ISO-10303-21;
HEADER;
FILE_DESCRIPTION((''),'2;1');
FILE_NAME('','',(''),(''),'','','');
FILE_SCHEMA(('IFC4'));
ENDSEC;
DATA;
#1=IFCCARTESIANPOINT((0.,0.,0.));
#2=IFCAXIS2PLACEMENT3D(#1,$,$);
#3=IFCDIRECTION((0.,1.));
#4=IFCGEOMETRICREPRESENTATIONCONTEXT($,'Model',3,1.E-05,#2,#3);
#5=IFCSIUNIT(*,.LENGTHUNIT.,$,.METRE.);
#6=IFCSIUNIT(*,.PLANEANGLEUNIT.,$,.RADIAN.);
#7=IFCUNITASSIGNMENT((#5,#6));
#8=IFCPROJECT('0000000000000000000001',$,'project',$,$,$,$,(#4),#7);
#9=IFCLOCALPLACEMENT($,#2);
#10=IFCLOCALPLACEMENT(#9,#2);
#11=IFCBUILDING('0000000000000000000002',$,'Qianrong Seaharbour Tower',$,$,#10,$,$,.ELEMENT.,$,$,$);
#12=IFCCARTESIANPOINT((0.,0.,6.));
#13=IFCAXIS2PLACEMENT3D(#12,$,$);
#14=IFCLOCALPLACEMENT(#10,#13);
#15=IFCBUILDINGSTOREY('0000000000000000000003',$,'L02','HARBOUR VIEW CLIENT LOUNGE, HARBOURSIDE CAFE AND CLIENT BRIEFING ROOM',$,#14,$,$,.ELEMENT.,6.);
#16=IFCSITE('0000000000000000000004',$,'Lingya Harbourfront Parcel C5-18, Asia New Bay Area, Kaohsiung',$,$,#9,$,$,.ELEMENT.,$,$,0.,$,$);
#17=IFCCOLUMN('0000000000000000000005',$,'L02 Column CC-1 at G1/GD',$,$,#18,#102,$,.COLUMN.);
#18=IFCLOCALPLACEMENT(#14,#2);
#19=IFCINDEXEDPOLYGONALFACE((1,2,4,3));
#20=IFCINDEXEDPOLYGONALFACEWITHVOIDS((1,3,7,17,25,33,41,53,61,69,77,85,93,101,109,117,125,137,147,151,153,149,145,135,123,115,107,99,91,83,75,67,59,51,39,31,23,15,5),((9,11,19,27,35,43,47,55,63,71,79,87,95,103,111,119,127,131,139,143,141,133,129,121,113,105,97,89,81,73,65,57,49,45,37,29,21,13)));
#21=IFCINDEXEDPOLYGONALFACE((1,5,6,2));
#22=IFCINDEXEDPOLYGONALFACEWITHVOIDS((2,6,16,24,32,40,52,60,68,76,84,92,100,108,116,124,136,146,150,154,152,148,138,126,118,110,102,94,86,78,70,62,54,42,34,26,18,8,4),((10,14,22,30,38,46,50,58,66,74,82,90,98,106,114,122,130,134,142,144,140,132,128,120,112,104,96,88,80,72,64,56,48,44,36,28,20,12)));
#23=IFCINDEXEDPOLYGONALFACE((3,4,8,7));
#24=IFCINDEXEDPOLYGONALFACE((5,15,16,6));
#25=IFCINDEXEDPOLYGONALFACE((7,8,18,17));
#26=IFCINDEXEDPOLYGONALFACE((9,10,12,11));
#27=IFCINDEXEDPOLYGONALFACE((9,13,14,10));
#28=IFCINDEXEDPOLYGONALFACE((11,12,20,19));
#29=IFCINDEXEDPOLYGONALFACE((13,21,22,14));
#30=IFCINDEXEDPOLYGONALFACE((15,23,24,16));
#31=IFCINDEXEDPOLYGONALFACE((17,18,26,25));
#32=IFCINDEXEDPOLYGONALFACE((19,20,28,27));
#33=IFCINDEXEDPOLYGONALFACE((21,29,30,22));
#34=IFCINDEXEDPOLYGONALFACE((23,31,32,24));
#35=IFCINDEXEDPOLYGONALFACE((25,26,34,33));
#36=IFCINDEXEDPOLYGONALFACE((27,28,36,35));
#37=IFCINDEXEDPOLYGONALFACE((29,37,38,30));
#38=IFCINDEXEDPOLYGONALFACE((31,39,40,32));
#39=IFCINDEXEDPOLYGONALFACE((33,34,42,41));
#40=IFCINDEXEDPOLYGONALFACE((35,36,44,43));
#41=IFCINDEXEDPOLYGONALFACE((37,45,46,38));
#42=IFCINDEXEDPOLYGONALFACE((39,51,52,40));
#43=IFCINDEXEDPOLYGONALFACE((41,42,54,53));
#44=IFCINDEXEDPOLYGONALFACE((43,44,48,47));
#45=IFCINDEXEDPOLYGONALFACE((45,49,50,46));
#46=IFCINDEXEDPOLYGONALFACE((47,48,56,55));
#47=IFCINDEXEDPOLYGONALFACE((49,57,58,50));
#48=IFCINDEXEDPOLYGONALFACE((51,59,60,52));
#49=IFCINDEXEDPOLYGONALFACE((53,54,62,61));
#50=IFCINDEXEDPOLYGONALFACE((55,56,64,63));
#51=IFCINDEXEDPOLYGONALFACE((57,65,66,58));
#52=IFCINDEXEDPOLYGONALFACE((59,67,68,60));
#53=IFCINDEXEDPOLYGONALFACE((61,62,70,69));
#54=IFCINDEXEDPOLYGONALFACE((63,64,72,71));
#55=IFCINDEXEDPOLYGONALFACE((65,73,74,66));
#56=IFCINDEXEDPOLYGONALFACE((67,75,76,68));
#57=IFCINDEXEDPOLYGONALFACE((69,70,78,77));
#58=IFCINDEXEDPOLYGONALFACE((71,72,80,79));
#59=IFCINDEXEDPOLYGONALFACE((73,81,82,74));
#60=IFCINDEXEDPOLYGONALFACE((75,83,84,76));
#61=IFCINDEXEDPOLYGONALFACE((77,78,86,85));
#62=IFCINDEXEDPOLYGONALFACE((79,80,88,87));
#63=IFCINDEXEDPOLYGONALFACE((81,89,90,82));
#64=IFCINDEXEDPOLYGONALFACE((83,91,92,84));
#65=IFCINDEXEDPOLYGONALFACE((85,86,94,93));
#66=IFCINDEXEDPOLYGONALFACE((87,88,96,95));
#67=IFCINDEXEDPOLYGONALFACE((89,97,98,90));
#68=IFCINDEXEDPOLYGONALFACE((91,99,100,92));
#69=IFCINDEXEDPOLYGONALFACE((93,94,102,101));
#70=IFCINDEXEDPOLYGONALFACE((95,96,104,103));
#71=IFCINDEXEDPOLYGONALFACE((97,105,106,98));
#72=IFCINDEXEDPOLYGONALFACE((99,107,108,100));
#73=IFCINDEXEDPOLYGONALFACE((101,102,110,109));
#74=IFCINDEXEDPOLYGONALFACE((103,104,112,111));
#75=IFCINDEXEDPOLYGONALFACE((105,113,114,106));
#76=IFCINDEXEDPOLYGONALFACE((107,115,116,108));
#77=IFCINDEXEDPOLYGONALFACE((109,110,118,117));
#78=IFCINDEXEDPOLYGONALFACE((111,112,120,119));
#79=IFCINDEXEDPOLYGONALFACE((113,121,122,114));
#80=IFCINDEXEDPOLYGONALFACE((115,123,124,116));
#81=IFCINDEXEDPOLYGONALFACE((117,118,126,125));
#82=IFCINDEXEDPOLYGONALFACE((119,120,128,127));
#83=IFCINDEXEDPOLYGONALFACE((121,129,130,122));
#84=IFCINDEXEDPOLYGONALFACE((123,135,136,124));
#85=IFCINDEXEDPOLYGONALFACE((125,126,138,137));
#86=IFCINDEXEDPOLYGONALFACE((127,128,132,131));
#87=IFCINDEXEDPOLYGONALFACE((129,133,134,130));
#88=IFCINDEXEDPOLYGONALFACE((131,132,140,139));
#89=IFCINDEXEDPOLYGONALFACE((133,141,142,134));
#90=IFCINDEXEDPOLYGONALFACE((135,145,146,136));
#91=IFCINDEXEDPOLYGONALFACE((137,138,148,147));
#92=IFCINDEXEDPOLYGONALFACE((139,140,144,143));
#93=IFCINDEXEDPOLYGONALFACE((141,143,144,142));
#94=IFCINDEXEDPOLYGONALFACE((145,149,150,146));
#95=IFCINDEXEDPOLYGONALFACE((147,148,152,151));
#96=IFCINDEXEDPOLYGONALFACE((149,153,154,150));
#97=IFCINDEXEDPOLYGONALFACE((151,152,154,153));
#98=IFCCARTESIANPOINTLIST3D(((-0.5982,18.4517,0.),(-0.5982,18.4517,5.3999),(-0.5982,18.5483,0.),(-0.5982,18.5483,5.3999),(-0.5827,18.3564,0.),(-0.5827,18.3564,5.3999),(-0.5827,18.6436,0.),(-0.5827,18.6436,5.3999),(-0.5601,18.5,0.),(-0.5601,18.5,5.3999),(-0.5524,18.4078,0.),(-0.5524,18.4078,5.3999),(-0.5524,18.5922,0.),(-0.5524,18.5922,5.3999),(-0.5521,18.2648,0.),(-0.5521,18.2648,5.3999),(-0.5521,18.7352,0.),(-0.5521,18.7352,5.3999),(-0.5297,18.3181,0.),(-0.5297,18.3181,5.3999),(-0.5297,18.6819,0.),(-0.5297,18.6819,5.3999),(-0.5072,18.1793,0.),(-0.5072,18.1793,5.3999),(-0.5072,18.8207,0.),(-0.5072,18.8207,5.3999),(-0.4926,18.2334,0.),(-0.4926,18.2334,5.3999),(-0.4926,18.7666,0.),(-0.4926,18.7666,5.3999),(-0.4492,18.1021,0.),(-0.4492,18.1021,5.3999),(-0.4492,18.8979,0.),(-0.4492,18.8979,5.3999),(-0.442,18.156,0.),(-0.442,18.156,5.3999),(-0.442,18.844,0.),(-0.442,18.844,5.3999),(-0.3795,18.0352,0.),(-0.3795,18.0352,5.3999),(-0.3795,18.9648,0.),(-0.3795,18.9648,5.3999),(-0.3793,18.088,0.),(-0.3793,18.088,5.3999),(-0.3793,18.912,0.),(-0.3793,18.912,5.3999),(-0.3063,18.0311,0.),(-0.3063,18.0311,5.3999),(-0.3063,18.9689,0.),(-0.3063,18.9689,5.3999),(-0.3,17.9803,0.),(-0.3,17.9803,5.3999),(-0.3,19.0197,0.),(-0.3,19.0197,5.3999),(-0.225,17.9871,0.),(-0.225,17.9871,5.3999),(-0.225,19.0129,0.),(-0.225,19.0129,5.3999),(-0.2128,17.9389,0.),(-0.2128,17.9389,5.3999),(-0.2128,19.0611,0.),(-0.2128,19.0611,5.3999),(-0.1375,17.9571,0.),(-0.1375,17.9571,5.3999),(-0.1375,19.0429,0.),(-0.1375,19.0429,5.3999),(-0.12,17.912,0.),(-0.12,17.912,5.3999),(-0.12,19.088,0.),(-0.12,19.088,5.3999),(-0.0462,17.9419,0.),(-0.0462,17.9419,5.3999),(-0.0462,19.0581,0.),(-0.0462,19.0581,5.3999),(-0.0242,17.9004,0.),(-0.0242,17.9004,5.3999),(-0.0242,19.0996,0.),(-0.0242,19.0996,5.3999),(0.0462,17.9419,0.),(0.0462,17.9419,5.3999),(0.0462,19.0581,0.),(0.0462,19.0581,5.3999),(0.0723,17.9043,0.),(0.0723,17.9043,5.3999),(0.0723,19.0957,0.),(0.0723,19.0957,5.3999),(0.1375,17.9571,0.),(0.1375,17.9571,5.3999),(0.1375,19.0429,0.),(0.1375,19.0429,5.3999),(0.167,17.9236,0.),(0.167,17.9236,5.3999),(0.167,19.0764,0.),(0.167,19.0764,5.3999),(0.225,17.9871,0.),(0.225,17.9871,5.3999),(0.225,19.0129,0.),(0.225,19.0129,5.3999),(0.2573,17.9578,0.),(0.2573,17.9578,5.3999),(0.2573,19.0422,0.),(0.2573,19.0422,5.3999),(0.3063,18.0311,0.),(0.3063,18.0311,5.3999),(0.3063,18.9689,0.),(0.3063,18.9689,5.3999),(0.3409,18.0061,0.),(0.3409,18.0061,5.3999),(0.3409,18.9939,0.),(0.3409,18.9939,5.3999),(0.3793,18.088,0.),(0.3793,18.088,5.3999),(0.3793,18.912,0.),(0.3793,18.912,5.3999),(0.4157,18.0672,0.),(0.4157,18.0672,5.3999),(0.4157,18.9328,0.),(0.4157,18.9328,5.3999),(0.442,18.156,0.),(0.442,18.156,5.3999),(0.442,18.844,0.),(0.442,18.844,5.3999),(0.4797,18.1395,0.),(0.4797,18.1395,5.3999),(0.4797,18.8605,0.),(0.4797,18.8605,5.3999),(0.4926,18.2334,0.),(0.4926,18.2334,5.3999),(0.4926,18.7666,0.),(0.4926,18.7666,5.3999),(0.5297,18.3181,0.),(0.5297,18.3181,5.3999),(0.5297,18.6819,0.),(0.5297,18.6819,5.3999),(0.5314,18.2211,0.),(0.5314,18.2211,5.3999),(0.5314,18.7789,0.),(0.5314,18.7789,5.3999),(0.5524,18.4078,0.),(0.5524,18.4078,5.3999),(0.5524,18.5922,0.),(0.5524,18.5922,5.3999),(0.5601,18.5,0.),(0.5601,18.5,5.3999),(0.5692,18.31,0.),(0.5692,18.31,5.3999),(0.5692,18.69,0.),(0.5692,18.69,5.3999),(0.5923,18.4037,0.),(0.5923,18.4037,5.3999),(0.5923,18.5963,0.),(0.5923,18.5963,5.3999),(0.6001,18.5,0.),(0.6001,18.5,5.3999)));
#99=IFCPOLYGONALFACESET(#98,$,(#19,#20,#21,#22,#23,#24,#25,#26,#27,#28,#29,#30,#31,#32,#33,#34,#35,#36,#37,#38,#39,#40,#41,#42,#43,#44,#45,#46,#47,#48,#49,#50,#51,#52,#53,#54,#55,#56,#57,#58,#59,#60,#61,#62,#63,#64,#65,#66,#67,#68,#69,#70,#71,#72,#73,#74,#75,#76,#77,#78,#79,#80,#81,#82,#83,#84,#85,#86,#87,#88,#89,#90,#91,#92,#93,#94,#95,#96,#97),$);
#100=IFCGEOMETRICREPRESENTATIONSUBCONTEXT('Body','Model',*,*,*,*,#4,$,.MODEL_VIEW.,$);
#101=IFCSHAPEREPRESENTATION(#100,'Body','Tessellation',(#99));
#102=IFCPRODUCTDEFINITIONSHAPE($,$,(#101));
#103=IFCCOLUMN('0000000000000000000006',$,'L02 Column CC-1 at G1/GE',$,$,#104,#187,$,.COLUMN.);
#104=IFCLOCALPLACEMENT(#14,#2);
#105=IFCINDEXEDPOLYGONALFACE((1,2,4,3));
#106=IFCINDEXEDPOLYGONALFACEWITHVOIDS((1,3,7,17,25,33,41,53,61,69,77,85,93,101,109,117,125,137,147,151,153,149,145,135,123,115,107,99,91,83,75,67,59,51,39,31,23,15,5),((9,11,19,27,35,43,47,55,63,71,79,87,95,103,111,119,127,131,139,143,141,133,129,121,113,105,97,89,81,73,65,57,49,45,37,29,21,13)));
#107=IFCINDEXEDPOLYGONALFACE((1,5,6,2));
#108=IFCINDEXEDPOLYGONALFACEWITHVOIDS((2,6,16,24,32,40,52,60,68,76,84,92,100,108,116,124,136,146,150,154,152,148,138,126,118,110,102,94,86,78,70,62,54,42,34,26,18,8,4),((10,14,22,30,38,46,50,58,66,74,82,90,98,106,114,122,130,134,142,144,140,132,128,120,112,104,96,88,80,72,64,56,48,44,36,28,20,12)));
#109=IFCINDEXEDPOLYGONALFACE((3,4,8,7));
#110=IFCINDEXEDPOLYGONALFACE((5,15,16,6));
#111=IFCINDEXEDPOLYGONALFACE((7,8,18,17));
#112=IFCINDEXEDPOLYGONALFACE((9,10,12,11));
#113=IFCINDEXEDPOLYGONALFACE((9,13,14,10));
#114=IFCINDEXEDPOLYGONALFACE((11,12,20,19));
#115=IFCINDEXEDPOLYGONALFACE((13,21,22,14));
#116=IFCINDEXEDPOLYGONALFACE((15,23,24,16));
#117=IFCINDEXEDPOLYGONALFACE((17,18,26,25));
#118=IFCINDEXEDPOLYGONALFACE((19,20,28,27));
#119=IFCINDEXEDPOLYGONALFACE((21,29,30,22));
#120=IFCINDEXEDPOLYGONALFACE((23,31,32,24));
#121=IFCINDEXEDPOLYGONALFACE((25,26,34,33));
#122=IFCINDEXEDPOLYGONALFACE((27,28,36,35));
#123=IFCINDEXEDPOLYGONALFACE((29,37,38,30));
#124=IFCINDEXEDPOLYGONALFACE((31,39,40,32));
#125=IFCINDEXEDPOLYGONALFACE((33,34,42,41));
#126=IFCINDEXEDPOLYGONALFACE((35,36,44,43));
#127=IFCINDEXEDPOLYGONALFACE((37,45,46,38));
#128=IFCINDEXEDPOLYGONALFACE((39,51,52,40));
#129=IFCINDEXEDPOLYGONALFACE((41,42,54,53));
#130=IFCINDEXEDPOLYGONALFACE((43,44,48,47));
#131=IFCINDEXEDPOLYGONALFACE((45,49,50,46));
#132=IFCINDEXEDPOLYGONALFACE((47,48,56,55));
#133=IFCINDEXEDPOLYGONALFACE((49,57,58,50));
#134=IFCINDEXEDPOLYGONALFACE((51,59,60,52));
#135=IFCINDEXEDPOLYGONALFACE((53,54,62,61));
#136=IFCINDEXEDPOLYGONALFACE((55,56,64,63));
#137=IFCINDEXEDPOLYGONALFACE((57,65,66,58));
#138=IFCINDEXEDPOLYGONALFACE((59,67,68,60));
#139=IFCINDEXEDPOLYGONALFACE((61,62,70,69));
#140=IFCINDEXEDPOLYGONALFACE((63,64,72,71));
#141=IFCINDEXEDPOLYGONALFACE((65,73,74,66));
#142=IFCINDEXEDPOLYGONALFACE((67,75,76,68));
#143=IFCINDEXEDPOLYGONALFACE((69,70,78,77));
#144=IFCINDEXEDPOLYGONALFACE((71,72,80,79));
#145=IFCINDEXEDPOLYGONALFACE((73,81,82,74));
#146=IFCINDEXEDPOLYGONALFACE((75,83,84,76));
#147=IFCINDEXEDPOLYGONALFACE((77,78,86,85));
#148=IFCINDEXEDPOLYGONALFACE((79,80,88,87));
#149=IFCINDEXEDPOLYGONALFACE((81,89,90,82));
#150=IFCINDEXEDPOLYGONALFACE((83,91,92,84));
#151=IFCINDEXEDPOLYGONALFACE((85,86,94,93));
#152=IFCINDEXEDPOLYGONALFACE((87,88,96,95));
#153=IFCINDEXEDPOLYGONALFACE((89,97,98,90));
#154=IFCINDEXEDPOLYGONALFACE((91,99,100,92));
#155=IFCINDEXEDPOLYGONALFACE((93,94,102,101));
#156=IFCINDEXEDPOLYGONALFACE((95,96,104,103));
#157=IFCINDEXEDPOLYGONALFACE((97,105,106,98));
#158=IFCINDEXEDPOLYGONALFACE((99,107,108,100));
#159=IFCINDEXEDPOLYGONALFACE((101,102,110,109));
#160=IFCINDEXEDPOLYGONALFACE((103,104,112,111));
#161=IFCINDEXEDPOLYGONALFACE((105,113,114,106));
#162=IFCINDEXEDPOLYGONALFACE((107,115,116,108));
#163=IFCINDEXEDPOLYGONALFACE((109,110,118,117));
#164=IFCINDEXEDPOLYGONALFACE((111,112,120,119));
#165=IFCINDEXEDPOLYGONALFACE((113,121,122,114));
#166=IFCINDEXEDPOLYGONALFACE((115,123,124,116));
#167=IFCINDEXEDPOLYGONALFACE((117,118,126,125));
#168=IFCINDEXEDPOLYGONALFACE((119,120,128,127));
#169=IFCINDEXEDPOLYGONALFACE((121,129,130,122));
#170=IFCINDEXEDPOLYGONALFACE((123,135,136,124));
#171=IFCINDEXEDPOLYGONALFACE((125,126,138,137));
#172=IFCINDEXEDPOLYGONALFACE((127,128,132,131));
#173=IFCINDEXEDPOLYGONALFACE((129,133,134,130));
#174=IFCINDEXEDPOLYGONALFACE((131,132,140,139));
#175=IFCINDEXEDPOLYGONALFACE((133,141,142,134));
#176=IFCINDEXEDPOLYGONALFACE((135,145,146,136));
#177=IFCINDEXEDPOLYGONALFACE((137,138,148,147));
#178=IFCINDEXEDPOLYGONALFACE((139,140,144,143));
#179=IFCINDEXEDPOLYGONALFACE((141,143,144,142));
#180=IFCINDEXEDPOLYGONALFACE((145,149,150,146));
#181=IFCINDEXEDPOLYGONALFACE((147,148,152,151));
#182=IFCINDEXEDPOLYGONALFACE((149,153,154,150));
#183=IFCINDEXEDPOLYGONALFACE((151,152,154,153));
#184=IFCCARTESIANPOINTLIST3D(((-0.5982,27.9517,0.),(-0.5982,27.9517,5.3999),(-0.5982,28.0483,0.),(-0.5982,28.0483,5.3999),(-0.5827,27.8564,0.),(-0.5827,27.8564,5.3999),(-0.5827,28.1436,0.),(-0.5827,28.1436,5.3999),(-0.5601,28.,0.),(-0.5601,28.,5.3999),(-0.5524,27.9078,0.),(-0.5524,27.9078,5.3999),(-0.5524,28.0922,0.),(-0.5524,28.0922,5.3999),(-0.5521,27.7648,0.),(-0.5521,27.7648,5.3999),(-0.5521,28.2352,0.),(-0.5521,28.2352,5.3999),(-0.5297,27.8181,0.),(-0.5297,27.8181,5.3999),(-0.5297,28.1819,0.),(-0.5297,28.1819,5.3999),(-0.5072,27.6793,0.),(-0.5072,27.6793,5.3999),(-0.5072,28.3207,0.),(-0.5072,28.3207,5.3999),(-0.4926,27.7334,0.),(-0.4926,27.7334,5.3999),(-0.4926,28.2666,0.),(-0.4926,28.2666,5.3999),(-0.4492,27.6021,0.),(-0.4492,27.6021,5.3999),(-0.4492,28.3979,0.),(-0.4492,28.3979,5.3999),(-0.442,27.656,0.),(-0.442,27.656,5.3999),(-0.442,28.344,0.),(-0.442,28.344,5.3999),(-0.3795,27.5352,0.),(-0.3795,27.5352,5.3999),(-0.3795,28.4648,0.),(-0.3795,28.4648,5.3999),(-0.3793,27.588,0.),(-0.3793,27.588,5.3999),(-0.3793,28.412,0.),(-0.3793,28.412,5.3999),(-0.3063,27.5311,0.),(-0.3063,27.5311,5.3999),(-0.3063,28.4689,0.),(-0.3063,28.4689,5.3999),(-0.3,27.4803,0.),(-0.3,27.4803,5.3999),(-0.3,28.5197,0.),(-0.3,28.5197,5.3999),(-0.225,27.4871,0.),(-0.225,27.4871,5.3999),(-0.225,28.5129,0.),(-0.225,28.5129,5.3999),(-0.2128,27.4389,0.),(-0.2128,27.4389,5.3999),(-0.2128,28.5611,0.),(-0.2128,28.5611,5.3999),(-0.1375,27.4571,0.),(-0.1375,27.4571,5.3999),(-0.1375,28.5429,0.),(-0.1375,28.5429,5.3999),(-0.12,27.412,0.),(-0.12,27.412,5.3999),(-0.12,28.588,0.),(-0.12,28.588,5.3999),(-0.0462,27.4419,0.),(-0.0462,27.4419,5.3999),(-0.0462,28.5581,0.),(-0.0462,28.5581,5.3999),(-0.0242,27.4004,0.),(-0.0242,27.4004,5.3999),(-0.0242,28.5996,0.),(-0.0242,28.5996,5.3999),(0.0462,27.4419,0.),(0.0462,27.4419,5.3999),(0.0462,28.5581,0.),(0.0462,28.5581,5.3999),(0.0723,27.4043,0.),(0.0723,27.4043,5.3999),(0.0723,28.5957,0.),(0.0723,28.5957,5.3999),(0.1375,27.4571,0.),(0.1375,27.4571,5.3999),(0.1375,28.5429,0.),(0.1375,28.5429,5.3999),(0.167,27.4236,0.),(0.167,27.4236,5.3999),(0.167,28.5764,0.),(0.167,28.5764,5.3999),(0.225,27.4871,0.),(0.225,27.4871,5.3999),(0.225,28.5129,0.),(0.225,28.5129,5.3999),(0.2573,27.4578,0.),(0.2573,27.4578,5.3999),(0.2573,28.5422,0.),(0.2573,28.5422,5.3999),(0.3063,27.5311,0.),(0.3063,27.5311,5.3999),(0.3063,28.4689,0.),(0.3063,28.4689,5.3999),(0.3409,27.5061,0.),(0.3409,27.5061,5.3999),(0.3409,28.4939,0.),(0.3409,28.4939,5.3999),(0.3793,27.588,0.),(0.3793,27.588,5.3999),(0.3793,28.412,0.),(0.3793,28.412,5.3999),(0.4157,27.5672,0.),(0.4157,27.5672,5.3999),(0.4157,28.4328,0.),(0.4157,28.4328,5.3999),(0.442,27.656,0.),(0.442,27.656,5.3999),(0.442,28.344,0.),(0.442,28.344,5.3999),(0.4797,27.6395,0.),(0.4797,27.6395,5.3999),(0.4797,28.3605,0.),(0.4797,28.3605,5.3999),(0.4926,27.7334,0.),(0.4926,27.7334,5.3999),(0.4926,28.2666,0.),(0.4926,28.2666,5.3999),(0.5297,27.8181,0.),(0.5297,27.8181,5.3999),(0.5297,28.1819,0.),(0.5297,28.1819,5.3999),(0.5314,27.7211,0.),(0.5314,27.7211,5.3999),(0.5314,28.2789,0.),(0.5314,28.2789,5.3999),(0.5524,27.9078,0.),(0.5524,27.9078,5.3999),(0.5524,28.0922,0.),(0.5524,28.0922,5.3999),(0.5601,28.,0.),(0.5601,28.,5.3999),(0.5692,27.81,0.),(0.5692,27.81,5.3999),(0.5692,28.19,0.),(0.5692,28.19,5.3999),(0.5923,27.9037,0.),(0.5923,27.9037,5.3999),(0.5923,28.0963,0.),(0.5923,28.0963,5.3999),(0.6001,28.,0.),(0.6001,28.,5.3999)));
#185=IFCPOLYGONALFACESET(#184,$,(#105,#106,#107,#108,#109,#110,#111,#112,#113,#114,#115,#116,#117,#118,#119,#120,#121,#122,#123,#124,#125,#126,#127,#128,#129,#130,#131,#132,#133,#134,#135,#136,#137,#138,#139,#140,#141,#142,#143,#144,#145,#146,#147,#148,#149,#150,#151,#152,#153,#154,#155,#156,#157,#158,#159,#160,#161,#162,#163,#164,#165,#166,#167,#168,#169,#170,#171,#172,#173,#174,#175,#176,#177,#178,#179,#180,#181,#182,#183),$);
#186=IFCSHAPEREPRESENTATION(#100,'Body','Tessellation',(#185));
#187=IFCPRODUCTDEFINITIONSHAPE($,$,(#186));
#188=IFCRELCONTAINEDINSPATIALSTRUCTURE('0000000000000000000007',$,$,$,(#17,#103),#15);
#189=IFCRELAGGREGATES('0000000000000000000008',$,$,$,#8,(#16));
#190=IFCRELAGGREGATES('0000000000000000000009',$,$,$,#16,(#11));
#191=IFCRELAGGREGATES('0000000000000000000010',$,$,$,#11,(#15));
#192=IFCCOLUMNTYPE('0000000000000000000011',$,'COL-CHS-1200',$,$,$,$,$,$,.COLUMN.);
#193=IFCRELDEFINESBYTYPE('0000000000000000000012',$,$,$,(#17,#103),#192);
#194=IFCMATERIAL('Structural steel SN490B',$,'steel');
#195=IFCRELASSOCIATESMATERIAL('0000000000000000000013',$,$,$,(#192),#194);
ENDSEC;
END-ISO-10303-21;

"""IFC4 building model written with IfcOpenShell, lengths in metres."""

from ifc_helpers import new_model, si_unit, direction, frame, origin, origin_2d, place, context, subcontext, project, spatial, hollow_circle, extrude, material, material_profile, profile_set, type_object, element, save


model = new_model("IFC4")

# Units and contexts
model_context = context("Model", 3, precision=1e-05, world=origin(), true_north=direction((0.0, 1.0)))
body_context = subcontext(model_context, "Body", "Model", "MODEL_VIEW")
ifc_project = project(units=[si_unit("LENGTHUNIT", "METRE"), si_unit("PLANEANGLEUNIT", "RADIAN")], contexts=[model_context])

# Site, building, storey
site_placement = place(None, origin())
site = spatial("IfcSite", under=ifc_project, at=site_placement, Name="Lingya Harbourfront Parcel C5-18, Asia New Bay Area, Kaohsiung", CompositionType="ELEMENT", RefElevation=0.0)
building_placement = place(site_placement, origin())
building = spatial("IfcBuilding", under=site, at=building_placement, Name="Qianrong Seaharbour Tower", CompositionType="ELEMENT")
storey_placement = place(building_placement, frame((0.0, 0.0, 6.0)))
storey = spatial("IfcBuildingStorey", under=building, at=storey_placement, Name="L02", Description="HARBOUR VIEW CLIENT LOUNGE, HARBOURSIDE CAFE AND CLIENT BRIEFING ROOM", CompositionType="ELEMENT", Elevation=6.0)

# Columns
ifc_material_1 = material(Name="Structural steel SN490B", Category="steel")
ifc_material_profile_1 = material_profile(ifc_material_1, hollow_circle(Radius=0.6001, WallThickness=0.04, at=origin_2d()), Name="CHS1200x40")
ifc_profile_set_1 = profile_set([ifc_material_profile_1], Name="Structural steel SN490B")
column_type_1 = type_object("IfcColumnType", Name="COL-CHS-1200", PredefinedType="COLUMN", material=ifc_profile_set_1)
for number, where, z_axis, x_axis, name in (
    (1, (0.0, 18.5, 0.0), (0.0, 0.0, 1.0), (1.0, 0.0, 0.0), "L02 Column CC-1 at G1/GD"),
    (2, (0.0, 28.0, 0.0), (0.0, 0.0, 1.0), (1.0, 0.0, 0.0), "L02 Column CC-1 at G1/GE"),
):
    element("IfcColumn", number, at=place(storey_placement, frame(where, z_axis=z_axis, x_axis=x_axis)), inside=storey, type_object=column_type_1, Name=name, PredefinedType="COLUMN", context=body_context, shape_type="SweptSolid", body=[
        extrude(hollow_circle(Radius=0.6001, WallThickness=0.04, at=origin_2d()), origin(), (0.0, 0.0, 1.0), 5.3999),
    ])

save(model, "model.ifc")
